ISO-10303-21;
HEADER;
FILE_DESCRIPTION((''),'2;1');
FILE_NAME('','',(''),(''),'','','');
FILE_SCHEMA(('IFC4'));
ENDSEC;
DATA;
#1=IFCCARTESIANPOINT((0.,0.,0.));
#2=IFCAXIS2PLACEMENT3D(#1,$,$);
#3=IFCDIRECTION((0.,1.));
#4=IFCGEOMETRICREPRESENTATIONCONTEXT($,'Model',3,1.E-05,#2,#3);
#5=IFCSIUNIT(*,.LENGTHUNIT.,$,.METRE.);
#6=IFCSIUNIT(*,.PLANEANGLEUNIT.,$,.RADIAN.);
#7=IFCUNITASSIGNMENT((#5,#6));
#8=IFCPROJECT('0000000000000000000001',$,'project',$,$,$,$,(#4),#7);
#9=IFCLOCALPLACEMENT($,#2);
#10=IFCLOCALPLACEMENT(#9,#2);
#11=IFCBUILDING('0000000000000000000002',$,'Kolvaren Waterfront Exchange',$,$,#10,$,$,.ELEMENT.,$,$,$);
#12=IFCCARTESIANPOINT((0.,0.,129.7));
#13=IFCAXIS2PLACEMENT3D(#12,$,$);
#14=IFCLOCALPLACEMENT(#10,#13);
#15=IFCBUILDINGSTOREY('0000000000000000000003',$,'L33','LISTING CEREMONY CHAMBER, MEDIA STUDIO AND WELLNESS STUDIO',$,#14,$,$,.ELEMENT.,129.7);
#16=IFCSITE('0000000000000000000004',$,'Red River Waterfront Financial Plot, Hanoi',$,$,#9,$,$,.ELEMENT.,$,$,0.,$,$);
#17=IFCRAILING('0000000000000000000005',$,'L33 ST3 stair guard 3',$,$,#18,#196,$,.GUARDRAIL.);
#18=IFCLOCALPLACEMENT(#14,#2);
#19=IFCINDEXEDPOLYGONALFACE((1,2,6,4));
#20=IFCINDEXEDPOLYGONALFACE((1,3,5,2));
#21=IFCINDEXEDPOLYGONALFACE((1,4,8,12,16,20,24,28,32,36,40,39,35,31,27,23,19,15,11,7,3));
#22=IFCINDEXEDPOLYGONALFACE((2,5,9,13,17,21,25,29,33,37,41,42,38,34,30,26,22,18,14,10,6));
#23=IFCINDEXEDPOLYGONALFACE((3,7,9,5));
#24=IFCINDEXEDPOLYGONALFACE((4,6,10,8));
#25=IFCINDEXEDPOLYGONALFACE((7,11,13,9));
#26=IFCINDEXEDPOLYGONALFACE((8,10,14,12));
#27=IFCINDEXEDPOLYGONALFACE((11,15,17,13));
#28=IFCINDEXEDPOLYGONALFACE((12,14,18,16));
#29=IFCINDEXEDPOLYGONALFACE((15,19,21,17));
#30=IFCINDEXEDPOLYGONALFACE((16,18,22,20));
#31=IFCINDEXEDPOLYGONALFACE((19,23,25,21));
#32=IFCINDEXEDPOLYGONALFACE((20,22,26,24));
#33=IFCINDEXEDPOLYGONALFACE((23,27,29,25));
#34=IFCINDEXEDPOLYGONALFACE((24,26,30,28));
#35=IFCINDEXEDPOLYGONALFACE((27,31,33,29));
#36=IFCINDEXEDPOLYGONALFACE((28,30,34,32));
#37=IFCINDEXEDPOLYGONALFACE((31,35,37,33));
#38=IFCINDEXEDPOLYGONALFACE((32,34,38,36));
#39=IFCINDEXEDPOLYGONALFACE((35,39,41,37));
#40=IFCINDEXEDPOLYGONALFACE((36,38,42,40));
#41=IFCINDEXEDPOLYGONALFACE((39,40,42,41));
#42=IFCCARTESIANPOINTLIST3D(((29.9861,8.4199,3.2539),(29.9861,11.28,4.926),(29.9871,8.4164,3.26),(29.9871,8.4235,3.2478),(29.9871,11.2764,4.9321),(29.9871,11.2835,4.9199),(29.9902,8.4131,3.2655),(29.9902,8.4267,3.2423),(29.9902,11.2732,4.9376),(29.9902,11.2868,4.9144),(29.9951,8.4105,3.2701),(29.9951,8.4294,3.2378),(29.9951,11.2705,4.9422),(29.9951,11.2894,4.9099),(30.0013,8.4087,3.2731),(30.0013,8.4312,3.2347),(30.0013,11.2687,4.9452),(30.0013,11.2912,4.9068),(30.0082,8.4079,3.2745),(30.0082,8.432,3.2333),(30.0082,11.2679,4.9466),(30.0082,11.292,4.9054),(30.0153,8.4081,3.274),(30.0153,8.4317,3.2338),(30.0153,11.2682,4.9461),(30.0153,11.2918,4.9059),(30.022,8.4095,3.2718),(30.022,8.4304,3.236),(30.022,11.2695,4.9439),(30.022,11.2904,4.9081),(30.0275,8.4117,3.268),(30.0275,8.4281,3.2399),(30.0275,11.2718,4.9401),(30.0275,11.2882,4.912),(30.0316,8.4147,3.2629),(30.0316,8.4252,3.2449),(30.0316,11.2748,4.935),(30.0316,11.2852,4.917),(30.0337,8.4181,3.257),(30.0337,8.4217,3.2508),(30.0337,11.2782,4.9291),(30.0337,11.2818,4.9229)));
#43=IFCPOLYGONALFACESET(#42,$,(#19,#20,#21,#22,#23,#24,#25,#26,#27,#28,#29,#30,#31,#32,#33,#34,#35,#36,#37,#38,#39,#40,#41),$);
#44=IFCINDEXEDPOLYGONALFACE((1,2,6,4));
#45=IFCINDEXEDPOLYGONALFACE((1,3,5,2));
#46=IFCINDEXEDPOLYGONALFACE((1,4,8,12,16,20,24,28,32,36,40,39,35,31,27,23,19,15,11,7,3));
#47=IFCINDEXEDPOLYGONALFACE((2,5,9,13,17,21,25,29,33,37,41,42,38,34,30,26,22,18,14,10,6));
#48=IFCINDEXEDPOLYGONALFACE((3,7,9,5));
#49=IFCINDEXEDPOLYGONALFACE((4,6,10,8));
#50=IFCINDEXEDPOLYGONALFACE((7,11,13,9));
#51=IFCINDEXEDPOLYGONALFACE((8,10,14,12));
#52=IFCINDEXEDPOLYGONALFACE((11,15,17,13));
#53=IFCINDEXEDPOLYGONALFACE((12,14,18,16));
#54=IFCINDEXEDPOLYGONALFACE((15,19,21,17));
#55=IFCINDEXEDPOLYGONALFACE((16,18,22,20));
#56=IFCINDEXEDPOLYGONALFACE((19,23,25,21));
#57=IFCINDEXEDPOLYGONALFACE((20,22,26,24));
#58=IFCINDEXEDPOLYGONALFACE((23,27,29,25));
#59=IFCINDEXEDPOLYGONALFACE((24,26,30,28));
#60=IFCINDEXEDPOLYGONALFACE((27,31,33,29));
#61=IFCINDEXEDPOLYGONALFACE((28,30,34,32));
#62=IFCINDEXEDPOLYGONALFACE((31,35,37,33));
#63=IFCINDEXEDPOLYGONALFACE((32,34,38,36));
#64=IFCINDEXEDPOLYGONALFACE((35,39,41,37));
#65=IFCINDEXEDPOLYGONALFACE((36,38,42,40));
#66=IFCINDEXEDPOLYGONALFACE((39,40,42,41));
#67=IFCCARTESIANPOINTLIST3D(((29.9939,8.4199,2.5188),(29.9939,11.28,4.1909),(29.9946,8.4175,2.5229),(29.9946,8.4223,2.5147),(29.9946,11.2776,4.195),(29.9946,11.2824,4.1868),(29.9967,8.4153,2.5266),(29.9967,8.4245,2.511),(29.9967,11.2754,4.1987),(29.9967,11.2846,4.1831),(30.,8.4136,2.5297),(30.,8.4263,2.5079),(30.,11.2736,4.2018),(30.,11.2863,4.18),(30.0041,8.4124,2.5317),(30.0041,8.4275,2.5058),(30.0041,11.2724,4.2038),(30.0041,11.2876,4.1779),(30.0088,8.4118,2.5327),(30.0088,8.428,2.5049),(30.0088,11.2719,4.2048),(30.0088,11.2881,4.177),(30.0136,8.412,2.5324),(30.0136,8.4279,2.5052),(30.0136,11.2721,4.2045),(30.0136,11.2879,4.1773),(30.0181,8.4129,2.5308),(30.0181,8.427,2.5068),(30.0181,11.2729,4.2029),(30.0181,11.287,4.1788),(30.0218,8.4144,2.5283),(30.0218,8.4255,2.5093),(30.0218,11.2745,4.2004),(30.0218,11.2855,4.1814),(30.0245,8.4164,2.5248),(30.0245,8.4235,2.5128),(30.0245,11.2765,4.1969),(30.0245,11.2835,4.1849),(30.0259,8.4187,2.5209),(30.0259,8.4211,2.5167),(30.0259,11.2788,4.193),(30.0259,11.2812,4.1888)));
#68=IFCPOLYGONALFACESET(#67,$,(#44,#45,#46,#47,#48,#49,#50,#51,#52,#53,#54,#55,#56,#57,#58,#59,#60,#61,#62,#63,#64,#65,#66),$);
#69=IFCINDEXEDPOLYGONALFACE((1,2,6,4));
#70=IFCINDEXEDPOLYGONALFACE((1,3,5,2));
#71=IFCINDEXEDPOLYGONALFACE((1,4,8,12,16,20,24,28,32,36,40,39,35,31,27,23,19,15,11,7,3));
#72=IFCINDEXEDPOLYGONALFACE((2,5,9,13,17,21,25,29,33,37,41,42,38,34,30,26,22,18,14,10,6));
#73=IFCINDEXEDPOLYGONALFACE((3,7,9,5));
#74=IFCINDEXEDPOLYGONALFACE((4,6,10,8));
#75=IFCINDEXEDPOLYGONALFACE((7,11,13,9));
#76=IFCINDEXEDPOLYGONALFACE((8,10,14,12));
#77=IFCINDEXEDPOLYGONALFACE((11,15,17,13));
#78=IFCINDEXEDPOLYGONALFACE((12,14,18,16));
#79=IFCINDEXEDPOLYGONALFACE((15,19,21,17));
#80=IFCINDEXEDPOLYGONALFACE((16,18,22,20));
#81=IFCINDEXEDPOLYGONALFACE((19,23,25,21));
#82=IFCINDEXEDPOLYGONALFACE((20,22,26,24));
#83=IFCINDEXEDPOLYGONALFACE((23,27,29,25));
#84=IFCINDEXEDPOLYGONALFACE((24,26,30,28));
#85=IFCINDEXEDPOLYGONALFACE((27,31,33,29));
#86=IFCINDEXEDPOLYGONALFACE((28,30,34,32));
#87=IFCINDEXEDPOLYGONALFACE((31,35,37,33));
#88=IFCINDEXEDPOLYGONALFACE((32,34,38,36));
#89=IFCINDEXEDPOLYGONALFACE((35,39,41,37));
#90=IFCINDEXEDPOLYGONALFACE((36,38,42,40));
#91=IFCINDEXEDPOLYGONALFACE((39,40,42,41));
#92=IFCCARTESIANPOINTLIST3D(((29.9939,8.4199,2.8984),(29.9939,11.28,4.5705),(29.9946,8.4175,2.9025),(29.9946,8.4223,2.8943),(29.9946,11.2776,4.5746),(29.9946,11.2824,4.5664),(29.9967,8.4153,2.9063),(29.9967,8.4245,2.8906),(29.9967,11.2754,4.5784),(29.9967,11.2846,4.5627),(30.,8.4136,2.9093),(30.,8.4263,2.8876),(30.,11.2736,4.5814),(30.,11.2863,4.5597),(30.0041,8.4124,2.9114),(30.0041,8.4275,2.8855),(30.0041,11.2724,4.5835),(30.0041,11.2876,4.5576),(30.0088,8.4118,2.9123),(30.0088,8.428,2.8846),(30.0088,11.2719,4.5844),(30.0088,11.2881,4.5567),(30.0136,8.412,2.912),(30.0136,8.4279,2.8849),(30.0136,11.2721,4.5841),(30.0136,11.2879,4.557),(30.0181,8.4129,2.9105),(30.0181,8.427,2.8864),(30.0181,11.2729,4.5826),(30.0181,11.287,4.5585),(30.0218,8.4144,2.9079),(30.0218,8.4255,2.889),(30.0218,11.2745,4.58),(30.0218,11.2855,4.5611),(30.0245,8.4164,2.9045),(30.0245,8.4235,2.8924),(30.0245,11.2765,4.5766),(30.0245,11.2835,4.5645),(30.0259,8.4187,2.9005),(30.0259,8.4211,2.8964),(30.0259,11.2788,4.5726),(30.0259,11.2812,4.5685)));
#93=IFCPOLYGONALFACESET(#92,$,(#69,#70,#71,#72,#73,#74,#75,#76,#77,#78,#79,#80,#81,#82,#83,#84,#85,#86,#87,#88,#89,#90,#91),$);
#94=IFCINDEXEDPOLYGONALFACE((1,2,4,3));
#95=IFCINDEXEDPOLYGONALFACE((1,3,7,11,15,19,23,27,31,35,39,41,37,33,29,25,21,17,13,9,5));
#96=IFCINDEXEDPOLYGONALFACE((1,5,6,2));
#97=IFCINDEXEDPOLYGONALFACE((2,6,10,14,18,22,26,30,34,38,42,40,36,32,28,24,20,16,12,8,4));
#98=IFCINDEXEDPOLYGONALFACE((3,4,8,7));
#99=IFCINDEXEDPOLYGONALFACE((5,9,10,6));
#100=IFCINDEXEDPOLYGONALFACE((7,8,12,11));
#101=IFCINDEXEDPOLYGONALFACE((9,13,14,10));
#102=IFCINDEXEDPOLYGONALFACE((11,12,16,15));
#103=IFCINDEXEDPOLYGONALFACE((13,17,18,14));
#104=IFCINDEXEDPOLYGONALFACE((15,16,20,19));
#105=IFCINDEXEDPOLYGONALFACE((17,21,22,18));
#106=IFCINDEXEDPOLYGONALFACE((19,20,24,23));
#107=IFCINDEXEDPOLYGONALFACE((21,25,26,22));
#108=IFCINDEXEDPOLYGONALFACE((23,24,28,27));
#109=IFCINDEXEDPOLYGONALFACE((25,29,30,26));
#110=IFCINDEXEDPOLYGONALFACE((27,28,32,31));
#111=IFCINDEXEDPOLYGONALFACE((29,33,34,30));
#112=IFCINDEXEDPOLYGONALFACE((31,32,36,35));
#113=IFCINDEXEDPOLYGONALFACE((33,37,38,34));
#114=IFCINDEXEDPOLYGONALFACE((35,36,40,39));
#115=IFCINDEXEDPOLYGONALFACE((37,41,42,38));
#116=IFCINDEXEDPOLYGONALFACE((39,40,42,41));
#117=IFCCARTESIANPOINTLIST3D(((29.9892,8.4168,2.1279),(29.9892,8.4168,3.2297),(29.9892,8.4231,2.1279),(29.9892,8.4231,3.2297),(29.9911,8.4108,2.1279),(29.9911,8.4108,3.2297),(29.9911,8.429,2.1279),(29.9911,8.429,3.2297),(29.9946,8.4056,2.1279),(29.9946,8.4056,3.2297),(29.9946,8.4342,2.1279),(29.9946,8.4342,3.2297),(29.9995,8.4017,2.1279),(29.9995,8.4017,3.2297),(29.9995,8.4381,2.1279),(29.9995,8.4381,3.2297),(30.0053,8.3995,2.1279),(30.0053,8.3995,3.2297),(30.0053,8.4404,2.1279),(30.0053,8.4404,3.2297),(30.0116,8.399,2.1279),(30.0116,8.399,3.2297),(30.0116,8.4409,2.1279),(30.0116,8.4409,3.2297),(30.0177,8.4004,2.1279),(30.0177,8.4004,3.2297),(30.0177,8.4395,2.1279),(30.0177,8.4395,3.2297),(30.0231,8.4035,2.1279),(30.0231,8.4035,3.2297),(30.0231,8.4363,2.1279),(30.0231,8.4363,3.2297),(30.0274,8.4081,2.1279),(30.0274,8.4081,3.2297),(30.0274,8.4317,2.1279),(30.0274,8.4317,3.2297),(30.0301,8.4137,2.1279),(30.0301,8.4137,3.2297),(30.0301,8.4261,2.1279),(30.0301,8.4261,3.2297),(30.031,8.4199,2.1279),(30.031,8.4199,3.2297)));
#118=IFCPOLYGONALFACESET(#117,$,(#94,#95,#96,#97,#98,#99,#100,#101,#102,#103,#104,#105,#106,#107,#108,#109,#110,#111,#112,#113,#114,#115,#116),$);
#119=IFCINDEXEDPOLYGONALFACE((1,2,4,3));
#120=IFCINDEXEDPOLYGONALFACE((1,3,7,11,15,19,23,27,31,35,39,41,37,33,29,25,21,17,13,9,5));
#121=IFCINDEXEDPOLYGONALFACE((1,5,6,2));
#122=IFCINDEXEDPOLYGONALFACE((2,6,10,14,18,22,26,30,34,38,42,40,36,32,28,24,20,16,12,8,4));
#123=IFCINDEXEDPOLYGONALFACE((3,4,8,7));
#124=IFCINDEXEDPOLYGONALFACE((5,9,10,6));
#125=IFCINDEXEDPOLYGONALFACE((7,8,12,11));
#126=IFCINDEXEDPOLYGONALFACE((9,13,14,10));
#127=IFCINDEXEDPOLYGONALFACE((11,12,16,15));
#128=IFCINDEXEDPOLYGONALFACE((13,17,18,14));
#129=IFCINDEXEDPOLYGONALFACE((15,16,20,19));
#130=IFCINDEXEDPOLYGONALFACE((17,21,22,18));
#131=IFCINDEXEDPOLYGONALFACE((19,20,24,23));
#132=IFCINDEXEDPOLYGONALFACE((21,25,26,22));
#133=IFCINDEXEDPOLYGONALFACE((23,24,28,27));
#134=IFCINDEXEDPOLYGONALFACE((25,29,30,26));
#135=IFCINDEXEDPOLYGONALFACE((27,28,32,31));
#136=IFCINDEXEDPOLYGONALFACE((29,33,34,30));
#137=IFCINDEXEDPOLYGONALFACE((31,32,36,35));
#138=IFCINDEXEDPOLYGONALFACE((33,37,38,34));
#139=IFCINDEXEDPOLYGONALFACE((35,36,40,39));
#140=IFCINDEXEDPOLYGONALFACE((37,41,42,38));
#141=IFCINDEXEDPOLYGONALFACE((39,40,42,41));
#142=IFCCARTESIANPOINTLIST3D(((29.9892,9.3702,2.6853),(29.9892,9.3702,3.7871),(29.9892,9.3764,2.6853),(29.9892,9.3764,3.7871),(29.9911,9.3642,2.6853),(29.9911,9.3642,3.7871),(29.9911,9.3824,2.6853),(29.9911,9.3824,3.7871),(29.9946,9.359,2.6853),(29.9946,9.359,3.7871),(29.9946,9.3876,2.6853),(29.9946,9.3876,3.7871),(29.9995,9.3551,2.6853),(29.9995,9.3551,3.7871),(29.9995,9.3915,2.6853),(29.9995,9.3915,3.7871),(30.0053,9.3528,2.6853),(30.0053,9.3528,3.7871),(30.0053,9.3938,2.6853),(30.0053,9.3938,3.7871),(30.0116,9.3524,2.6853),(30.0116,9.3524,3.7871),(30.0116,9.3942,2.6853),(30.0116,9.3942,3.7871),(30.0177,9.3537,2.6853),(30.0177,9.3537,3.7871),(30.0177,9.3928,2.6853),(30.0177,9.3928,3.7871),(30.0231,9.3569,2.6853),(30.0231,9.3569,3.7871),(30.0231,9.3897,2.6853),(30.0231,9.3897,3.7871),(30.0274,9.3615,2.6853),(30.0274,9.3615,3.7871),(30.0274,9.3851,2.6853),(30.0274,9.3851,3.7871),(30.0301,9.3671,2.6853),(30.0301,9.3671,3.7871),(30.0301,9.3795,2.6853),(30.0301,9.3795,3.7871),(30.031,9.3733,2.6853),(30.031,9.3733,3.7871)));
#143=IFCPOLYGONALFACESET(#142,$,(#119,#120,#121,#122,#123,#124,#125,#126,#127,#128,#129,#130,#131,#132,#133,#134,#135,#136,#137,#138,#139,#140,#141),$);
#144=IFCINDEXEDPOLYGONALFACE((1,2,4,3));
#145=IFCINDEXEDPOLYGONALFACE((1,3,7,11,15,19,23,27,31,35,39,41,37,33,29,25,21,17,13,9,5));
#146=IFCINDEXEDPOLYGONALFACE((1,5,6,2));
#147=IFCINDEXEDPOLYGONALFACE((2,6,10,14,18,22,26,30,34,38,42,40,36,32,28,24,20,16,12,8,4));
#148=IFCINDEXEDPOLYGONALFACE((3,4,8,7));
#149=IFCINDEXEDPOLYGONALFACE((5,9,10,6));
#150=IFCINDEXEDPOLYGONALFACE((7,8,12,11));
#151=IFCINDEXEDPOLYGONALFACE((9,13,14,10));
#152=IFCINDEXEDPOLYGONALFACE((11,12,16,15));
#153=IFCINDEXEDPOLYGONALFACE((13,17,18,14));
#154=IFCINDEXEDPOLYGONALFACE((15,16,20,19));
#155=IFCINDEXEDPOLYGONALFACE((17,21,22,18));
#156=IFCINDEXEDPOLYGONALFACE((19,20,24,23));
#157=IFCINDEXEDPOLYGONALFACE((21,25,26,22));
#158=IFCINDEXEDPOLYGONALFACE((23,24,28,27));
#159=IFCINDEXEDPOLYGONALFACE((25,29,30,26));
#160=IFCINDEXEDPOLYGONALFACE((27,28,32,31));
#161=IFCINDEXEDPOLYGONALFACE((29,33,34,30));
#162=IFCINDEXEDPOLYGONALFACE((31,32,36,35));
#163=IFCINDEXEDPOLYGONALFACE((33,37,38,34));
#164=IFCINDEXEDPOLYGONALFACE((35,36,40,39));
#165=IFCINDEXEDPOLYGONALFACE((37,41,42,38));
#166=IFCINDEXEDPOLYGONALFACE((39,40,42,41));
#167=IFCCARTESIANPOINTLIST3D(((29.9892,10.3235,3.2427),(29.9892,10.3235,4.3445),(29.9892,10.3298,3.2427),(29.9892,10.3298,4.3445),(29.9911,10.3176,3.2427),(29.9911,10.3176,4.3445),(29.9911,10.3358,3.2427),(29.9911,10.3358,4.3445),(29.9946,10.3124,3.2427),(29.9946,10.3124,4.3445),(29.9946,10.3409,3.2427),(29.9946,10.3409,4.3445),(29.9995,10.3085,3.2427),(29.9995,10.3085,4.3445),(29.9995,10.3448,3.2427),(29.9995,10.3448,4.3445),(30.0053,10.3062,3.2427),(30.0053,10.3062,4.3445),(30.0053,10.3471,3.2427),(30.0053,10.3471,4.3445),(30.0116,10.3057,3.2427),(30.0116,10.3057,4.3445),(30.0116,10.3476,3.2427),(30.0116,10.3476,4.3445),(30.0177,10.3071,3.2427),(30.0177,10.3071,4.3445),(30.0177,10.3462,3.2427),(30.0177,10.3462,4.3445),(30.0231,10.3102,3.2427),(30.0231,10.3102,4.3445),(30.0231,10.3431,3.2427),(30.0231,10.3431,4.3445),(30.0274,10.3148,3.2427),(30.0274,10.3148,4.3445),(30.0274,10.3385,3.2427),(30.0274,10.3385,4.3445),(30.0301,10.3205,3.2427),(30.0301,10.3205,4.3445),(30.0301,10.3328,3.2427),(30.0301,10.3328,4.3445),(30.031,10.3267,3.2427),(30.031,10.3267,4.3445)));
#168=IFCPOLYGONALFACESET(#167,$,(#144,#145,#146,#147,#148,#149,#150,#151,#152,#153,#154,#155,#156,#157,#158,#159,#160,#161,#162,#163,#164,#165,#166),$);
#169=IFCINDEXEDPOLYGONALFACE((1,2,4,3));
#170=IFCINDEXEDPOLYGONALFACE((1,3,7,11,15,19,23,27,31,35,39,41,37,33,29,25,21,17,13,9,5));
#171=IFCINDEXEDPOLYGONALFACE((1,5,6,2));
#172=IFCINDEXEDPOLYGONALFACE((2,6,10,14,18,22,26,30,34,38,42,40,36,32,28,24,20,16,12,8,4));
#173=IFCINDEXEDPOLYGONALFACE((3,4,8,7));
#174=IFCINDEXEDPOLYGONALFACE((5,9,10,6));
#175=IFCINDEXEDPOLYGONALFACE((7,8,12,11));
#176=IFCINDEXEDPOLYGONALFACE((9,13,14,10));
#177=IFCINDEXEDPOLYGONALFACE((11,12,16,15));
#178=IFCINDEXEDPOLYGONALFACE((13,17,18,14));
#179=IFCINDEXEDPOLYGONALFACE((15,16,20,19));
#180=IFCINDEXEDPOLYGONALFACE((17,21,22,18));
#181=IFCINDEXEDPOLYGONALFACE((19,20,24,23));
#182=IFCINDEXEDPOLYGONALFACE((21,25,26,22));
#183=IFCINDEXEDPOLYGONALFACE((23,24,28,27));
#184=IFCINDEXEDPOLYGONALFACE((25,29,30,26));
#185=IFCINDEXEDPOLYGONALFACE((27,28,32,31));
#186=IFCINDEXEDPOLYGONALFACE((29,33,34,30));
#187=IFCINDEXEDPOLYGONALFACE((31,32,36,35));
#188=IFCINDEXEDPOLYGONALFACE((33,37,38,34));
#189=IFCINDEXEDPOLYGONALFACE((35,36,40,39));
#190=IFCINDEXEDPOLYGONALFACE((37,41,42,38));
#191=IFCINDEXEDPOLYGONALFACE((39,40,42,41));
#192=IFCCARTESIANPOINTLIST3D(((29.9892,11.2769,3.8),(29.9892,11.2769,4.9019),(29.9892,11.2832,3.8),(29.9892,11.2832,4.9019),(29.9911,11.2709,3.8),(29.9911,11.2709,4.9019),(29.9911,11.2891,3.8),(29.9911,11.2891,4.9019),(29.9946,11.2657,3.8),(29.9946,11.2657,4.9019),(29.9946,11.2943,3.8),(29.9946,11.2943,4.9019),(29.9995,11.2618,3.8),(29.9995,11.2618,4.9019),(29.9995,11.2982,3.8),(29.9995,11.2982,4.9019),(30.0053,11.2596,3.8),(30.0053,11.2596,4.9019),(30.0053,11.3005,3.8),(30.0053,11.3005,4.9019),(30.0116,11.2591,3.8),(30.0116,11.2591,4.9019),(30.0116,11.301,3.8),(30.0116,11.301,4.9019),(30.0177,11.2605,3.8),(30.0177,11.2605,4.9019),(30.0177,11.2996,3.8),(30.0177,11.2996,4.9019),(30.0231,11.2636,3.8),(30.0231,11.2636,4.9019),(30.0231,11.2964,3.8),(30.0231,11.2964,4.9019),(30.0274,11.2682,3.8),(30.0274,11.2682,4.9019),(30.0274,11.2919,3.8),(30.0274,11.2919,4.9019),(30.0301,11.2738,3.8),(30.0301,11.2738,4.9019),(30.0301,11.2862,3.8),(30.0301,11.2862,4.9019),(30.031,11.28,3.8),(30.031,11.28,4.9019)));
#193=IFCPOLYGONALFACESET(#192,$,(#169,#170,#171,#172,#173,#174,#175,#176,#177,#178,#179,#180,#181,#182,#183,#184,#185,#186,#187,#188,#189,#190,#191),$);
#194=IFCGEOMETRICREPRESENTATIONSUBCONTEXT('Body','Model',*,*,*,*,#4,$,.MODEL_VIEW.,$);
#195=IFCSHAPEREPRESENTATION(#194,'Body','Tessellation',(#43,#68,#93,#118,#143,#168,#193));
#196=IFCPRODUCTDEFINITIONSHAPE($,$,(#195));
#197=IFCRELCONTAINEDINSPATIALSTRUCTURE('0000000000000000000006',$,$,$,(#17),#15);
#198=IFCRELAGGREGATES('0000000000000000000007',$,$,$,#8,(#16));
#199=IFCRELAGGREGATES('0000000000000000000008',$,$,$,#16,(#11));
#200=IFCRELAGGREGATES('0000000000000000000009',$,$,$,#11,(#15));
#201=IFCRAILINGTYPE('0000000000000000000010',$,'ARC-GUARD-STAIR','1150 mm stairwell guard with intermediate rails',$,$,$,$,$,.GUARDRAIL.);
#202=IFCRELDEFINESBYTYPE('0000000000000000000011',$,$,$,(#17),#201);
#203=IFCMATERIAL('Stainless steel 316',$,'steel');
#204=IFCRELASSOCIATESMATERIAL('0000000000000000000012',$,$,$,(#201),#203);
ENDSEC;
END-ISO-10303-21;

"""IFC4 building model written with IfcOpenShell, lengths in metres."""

from ifc_helpers import new_model, si_unit, direction, frame, origin, origin_2d, place, context, subcontext, project, spatial, circle, extrude, material, type_object, element, save


model = new_model("IFC4")

# Units and contexts
model_context = context("Model", 3, precision=1e-05, world=origin(), true_north=direction((0.0, 1.0)))
body_context = subcontext(model_context, "Body", "Model", "MODEL_VIEW")
ifc_project = project(units=[si_unit("LENGTHUNIT", "METRE"), si_unit("PLANEANGLEUNIT", "RADIAN")], contexts=[model_context])

# Site, building, storey
site_placement = place(None, origin())
site = spatial("IfcSite", under=ifc_project, at=site_placement, Name="Red River Waterfront Financial Plot, Hanoi", CompositionType="ELEMENT", RefElevation=0.0)
building_placement = place(site_placement, origin())
building = spatial("IfcBuilding", under=site, at=building_placement, Name="Kolvaren Waterfront Exchange", CompositionType="ELEMENT")
storey_placement = place(building_placement, frame((0.0, 0.0, 129.7)))
storey = spatial("IfcBuildingStorey", under=building, at=storey_placement, Name="L33", Description="LISTING CEREMONY CHAMBER, MEDIA STUDIO AND WELLNESS STUDIO", CompositionType="ELEMENT", Elevation=129.7)

# Railing
ifc_material_1 = material(Name="Stainless steel 316", Category="steel")
railing_type_1 = type_object("IfcRailingType", Name="ARC-GUARD-STAIR", Description="1150 mm stairwell guard with intermediate rails", PredefinedType="GUARDRAIL", material=ifc_material_1)
railing_1_placement = place(storey_placement, frame((30.01, 8.4199, 2.1279)))
element("IfcRailing", 1, at=railing_1_placement, inside=storey, type_object=railing_type_1, Name="L33 ST3 stair guard 3", PredefinedType="GUARDRAIL", context=body_context, shape_type="SweptSolid", body=[
    extrude(circle(Radius=0.0239, at=origin_2d()), frame((0.0, 0.0, 1.126), z_axis=(0.0, 0.863289, 0.504709), x_axis=(-1.0, 0.0, 0.0)), (0.0, 0.0, 1.0), 3.313),
    extrude(circle(Radius=0.0161, at=origin_2d()), frame((0.0, 0.0, 0.3909), z_axis=(0.0, 0.863289, 0.504709), x_axis=(-1.0, 0.0, 0.0)), (0.0, 0.0, 1.0), 3.313),
    extrude(circle(Radius=0.0161, at=origin_2d()), frame((0.0, 0.0, 0.7705), z_axis=(0.0, 0.863289, 0.504709), x_axis=(-1.0, 0.0, 0.0)), (0.0, 0.0, 1.0), 3.313),
    extrude(circle(Radius=0.021, at=origin_2d()), origin(), (0.0, 0.0, 1.0), 1.1018),
    extrude(circle(Radius=0.021, at=origin_2d()), frame((0.0, 0.9534, 0.5574)), (0.0, 0.0, 1.0), 1.1018),
    extrude(circle(Radius=0.021, at=origin_2d()), frame((0.0, 1.9067, 1.1147)), (0.0, 0.0, 1.0), 1.1018),
    extrude(circle(Radius=0.021, at=origin_2d()), frame((0.0, 2.8601, 1.6721)), (0.0, 0.0, 1.0), 1.1018),
])

save(model, "model.ifc")
